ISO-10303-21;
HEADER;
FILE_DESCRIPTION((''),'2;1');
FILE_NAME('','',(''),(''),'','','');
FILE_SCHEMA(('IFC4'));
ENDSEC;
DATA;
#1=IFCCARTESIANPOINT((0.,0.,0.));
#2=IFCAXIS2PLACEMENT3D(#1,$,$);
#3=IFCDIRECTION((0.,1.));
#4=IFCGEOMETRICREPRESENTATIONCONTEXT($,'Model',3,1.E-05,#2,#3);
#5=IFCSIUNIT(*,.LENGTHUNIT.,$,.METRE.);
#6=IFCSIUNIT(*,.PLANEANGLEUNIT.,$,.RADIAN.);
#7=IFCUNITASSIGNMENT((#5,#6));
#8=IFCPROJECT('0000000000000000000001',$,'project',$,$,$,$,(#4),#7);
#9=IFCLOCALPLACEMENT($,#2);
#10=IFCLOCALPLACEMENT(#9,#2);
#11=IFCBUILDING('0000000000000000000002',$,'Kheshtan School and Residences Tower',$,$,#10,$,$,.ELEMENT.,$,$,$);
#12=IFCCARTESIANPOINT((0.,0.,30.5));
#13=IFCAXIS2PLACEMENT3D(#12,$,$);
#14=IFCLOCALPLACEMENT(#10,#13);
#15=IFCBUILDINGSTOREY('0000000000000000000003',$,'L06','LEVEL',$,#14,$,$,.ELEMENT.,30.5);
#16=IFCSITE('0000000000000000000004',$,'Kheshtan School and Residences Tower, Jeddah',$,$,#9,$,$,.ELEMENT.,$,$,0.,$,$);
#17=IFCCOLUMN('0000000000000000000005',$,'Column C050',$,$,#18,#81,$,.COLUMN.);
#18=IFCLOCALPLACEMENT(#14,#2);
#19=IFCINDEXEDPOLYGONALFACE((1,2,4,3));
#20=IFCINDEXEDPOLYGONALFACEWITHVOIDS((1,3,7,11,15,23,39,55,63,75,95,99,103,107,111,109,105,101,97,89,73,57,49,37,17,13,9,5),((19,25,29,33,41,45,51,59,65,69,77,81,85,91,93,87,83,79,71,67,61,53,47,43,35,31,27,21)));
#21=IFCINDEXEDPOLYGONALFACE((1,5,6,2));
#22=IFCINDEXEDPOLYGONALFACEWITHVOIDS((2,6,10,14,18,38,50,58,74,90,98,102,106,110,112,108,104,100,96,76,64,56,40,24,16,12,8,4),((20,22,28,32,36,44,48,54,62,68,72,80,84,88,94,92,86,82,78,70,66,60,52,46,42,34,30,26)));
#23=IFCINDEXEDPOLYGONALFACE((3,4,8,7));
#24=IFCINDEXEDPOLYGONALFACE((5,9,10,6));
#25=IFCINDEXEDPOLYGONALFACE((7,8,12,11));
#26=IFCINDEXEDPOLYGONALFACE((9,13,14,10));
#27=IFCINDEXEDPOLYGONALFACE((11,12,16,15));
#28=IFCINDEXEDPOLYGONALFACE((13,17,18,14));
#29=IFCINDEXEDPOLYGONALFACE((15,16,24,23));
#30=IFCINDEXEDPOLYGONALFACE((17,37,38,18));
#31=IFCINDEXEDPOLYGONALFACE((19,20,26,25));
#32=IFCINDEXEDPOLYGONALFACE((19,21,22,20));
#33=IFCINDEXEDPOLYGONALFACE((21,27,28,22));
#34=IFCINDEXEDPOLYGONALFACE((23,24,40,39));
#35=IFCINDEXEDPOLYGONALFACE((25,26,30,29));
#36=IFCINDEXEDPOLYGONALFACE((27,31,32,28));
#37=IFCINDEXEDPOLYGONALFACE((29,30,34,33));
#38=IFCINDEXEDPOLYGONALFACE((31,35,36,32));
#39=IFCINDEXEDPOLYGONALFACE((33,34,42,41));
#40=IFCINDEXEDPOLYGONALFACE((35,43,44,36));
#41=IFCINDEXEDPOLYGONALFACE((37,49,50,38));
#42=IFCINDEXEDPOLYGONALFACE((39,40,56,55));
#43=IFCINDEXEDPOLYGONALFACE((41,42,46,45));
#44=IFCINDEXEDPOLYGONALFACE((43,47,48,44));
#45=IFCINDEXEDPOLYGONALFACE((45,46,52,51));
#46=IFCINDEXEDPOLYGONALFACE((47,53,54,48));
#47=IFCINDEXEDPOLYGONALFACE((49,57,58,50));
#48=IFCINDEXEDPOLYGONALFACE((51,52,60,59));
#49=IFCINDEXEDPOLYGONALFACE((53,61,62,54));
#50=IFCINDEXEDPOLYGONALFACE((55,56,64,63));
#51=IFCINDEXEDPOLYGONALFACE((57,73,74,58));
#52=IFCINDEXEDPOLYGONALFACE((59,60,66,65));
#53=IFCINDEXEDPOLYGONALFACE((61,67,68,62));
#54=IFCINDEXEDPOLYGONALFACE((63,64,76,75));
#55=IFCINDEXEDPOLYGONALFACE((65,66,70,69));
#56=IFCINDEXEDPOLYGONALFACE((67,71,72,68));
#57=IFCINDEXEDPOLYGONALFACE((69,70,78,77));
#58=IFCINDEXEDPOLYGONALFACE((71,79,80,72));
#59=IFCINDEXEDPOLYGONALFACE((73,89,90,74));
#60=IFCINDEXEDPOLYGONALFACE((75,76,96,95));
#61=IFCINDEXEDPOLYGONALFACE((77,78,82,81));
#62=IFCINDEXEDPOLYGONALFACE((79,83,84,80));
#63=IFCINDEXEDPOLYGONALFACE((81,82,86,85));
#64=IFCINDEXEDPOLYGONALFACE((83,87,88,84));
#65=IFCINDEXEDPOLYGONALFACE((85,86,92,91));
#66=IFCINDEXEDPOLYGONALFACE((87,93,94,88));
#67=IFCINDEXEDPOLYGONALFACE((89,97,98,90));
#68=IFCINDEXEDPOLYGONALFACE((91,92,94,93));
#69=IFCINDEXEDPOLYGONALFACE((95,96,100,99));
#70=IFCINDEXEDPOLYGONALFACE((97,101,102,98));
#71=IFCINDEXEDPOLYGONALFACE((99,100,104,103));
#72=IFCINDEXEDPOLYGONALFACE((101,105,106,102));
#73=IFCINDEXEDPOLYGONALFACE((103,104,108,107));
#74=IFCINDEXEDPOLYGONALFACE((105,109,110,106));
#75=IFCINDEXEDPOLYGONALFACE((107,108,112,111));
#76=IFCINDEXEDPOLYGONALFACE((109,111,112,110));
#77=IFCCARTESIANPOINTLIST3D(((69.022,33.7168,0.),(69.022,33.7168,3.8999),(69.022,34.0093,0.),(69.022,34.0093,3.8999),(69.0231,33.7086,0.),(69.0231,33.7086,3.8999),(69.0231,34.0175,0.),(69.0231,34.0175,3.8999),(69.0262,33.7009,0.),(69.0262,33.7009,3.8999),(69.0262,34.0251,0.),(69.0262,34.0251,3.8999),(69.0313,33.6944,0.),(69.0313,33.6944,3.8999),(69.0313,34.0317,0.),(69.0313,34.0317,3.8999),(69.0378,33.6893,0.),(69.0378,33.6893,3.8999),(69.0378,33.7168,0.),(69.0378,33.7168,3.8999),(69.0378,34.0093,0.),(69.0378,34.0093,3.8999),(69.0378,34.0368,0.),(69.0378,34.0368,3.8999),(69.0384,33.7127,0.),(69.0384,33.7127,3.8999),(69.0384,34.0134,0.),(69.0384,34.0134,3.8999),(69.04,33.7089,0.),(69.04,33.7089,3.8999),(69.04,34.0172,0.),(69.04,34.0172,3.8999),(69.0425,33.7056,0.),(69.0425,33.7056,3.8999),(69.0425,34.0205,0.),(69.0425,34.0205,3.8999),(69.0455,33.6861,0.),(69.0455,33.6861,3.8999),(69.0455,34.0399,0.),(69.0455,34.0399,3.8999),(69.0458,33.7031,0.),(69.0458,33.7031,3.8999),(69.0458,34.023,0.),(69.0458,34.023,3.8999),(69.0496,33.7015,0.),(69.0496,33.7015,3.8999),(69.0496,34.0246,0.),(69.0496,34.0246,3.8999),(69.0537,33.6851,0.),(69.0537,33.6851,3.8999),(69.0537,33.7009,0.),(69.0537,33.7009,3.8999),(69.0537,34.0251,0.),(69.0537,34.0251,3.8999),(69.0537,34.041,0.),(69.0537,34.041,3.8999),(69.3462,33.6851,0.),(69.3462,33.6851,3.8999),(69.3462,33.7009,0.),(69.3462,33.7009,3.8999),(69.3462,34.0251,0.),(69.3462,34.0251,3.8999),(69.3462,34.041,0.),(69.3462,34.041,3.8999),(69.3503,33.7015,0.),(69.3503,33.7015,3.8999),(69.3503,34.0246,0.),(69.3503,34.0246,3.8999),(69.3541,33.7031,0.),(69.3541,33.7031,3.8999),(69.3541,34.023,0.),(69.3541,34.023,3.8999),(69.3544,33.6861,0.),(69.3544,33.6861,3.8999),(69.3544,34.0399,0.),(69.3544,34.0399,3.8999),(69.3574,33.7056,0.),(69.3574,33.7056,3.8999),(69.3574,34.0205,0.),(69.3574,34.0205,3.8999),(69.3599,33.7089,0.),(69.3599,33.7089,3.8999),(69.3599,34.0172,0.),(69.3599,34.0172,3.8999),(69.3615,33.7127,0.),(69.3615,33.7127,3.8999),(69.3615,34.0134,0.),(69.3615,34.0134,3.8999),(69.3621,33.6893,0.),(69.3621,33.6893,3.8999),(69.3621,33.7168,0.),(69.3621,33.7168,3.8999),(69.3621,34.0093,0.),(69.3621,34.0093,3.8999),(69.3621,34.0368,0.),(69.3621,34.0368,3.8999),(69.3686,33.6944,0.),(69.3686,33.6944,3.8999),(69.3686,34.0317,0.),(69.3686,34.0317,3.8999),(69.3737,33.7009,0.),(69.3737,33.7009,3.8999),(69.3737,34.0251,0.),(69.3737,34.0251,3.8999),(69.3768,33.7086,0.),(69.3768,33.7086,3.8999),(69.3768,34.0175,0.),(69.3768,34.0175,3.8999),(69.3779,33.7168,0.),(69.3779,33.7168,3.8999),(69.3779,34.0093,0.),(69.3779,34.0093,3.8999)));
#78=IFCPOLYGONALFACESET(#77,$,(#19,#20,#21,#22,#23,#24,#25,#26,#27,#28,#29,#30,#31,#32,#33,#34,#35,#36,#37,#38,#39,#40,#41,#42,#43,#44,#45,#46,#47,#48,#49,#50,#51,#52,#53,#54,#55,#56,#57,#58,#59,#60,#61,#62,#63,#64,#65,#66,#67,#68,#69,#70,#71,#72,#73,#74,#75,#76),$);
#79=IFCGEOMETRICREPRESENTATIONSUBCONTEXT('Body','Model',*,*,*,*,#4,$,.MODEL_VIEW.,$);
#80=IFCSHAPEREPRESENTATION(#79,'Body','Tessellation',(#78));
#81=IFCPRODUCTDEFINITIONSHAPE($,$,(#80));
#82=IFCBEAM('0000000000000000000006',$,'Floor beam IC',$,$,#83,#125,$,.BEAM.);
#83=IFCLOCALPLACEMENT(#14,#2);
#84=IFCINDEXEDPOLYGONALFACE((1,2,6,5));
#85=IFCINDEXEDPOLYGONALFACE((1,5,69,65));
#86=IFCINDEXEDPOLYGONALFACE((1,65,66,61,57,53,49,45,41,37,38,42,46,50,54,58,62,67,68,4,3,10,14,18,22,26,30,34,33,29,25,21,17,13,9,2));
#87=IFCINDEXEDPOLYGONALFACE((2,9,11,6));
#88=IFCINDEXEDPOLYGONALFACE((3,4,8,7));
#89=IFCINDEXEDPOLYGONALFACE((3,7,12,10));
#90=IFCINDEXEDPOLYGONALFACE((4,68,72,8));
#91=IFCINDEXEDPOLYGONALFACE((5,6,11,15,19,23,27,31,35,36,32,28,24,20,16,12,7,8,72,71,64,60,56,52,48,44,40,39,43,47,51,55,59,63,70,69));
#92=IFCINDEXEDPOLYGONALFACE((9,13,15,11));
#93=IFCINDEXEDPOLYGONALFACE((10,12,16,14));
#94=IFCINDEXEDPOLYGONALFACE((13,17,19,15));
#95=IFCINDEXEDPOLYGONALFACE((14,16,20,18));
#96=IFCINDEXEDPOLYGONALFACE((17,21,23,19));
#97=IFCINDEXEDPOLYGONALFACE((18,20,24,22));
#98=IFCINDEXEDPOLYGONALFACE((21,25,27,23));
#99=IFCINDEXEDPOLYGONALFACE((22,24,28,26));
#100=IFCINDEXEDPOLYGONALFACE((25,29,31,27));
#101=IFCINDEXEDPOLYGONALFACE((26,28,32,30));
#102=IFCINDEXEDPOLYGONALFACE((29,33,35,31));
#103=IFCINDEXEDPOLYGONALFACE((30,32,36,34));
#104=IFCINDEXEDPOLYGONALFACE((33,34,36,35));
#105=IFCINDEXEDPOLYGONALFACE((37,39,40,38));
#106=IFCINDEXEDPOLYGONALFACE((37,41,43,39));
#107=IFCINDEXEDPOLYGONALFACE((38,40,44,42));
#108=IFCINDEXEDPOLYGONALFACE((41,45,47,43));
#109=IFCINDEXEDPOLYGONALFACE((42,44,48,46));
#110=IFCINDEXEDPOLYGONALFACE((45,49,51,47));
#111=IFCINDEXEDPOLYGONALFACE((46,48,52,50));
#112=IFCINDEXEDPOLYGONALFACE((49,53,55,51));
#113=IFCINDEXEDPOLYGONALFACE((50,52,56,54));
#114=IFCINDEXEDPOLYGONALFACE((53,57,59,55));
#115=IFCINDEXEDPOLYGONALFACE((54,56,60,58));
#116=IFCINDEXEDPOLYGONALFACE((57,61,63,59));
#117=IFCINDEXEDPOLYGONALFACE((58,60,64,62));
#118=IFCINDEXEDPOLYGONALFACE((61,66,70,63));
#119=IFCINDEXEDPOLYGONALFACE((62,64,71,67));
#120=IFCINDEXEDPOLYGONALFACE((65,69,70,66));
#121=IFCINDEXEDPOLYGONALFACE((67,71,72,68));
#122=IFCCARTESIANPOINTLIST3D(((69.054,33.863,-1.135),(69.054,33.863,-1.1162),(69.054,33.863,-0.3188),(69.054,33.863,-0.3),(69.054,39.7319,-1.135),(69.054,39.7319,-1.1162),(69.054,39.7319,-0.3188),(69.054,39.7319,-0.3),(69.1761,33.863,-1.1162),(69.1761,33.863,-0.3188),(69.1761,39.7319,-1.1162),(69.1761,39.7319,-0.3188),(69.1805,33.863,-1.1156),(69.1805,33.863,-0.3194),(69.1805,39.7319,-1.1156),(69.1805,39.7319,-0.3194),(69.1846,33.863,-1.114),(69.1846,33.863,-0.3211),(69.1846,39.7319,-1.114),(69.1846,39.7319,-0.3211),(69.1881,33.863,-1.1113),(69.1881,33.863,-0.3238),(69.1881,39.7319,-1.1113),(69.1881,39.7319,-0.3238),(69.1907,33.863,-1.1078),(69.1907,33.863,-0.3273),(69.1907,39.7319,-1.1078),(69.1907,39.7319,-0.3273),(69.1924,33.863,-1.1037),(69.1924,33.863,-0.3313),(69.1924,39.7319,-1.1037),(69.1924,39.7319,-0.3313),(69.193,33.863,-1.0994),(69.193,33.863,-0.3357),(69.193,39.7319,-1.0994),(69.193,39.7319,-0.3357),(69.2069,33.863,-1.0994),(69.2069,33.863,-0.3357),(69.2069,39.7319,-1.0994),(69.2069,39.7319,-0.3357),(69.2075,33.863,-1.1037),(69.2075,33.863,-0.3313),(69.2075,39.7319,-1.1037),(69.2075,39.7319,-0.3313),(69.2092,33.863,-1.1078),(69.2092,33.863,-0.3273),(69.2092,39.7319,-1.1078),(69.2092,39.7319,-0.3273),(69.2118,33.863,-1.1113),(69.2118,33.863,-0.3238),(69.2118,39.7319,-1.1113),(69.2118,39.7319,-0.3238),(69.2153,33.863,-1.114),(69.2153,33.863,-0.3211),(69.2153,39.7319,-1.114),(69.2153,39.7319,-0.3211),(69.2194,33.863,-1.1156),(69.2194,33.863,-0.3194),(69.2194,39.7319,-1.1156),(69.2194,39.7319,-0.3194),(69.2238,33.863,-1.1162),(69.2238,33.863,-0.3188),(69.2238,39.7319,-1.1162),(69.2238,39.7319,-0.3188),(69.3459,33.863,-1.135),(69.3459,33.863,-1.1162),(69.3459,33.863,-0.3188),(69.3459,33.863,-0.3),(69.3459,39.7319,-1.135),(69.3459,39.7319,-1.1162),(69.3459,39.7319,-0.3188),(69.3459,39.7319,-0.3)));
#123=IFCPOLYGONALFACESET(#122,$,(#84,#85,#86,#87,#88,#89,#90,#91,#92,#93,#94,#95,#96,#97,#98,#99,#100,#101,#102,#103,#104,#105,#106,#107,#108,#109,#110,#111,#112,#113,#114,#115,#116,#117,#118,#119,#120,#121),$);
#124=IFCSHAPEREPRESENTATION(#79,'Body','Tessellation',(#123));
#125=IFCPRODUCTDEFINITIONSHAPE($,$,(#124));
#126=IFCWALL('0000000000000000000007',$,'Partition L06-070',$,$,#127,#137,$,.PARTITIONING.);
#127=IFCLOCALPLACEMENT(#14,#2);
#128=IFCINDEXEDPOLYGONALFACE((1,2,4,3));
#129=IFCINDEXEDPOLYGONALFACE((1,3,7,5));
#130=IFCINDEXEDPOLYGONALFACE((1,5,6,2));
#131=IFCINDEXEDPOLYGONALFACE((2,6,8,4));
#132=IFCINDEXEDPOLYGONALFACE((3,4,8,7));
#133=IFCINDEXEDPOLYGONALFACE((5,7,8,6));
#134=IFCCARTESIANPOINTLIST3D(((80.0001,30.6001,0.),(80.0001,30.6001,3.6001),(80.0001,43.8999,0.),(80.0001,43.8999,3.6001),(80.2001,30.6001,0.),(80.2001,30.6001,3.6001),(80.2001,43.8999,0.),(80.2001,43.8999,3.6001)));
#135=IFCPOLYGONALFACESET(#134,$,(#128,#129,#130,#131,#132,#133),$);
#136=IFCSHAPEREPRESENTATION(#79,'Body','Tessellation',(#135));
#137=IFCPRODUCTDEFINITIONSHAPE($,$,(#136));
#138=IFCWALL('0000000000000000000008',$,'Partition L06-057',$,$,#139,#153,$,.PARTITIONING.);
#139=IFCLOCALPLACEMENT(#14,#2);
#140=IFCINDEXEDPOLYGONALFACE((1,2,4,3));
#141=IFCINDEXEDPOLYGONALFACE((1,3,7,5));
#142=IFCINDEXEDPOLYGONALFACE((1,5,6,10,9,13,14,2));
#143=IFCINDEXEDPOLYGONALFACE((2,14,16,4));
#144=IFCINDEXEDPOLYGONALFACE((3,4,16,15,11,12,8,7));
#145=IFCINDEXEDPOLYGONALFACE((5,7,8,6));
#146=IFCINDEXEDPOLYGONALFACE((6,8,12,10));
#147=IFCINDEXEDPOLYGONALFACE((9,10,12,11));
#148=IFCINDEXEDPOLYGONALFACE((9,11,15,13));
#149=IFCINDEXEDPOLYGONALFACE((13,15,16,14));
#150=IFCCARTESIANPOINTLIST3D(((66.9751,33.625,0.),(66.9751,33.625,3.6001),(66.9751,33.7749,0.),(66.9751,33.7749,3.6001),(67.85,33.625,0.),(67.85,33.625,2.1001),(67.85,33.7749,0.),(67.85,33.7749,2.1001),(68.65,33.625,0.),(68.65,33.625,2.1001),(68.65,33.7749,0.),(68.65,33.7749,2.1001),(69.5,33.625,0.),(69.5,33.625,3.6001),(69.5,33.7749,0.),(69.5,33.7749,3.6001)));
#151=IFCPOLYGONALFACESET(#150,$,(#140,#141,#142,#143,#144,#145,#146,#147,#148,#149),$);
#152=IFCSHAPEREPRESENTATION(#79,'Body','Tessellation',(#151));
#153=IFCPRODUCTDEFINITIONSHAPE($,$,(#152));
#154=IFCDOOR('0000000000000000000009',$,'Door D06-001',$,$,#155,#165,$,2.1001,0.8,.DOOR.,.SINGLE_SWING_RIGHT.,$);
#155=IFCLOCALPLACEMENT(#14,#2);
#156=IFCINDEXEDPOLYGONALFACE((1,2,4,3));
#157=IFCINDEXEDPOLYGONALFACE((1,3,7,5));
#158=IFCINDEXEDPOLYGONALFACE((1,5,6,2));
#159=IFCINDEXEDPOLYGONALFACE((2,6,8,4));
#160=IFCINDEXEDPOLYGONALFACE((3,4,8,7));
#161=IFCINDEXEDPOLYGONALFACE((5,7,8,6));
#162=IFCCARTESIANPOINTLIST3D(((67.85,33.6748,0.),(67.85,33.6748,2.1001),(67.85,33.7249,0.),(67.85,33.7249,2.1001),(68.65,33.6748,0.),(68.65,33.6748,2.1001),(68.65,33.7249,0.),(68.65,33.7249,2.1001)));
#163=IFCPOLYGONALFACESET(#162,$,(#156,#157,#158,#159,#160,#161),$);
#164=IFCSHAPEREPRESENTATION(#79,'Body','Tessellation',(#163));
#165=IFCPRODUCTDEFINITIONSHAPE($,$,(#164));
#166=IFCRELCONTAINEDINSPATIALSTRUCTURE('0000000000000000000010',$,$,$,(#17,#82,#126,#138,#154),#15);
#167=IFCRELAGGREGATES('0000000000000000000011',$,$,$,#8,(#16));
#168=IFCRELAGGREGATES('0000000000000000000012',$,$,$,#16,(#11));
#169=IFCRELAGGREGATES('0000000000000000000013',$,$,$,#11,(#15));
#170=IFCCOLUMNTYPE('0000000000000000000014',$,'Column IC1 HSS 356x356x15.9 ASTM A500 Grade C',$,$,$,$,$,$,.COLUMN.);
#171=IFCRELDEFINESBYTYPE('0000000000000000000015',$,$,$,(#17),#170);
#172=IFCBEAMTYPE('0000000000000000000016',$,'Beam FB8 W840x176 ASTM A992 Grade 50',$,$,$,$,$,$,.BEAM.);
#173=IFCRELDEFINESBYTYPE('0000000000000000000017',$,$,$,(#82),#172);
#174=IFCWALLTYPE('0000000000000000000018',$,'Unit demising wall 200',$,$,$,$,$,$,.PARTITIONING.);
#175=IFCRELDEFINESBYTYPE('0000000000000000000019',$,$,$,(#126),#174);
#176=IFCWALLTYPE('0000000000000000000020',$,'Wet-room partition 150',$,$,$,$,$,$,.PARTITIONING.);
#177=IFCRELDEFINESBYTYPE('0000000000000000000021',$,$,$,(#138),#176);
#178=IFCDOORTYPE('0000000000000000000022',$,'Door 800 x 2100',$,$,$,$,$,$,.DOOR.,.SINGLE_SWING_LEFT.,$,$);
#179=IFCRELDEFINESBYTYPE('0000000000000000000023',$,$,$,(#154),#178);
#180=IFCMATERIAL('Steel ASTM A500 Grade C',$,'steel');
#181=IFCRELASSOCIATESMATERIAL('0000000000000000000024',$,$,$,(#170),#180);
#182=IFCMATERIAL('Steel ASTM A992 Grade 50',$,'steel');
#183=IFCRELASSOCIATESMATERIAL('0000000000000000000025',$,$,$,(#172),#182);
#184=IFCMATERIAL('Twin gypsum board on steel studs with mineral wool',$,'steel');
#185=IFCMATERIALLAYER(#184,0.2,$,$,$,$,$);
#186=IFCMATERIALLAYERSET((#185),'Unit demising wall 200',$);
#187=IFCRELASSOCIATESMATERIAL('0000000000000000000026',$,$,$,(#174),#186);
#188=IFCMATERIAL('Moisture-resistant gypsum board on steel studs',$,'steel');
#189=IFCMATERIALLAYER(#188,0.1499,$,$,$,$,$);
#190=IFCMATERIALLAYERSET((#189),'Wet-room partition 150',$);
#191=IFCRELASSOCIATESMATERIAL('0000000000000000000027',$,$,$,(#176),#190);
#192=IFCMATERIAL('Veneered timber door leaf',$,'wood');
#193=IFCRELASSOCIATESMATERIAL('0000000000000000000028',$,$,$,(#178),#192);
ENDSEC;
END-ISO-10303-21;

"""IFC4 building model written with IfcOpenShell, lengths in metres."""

from ifc_helpers import new_model, si_unit, direction, frame, frame_2d, origin, origin_2d, place, context, subcontext, project, spatial, rectangle, hollow_rectangle, i_section, extrude, source, transform, mapped, material, layer, layer_set, material_profile, profile_set, type_object, element, fill, save


model = new_model("IFC4")

# Units and contexts
model_context = context("Model", 3, precision=1e-05, world=origin(), true_north=direction((0.0, 1.0)))
body_context = subcontext(model_context, "Body", "Model", "MODEL_VIEW")
ifc_project = project(units=[si_unit("LENGTHUNIT", "METRE"), si_unit("PLANEANGLEUNIT", "RADIAN")], contexts=[model_context])

# Site, building, storey
site_placement = place(None, origin())
site = spatial("IfcSite", under=ifc_project, at=site_placement, Name="Kheshtan School and Residences Tower, Jeddah", CompositionType="ELEMENT", RefElevation=0.0)
building_placement = place(site_placement, origin())
building = spatial("IfcBuilding", under=site, at=building_placement, Name="Kheshtan School and Residences Tower", CompositionType="ELEMENT")
storey_placement = place(building_placement, frame((0.0, 0.0, 30.5)))
storey = spatial("IfcBuildingStorey", under=building, at=storey_placement, Name="L06", Description="LEVEL", CompositionType="ELEMENT", Elevation=30.5)

# Column
ifc_material_1 = material(Name="Steel ASTM A500 Grade C", Category="steel")
ifc_material_profile_1 = material_profile(ifc_material_1, hollow_rectangle(XDim=0.356, YDim=0.356, WallThickness=0.0159, InnerFilletRadius=0.0159, OuterFilletRadius=0.0317, at=origin_2d()), Name="HSS 356x356x15.9")
ifc_profile_set_1 = profile_set([ifc_material_profile_1], Name="Steel ASTM A500 Grade C")
column_type = type_object("IfcColumnType", Name="Column IC1 HSS 356x356x15.9 ASTM A500 Grade C", PredefinedType="COLUMN", material=ifc_profile_set_1)
column_placement = place(storey_placement, frame((69.2, 33.863, 0.0), z_axis=(0.0, 0.0, 1.0), x_axis=(1.0, 0.0, 0.0)))
element("IfcColumn", 1, at=column_placement, inside=storey, type_object=column_type, Name="Column C050", PredefinedType="COLUMN", context=body_context, shape_type="SweptSolid", body=[
    extrude(hollow_rectangle(XDim=0.356, YDim=0.356, WallThickness=0.0159, InnerFilletRadius=0.0159, OuterFilletRadius=0.0317, at=origin_2d()), origin(), (0.0, 0.0, 1.0), 3.8999),
])

# Beam
ifc_material_2 = material(Name="Steel ASTM A992 Grade 50", Category="steel")
ifc_material_profile_2 = material_profile(ifc_material_2, i_section(OverallWidth=0.292, OverallDepth=0.835, WebThickness=0.0139, FlangeThickness=0.0188, FilletRadius=0.0168, at=origin_2d()), Name="W840x176")
ifc_profile_set_2 = profile_set([ifc_material_profile_2], Name="Steel ASTM A992 Grade 50")
beam_type = type_object("IfcBeamType", Name="Beam FB8 W840x176 ASTM A992 Grade 50", PredefinedType="BEAM", material=ifc_profile_set_2)
beam_placement = place(storey_placement, frame((69.2, 33.863, -0.7175), z_axis=(0.0, 1.0, 0.0), x_axis=(-1.0, 0.0, 0.0)))
element("IfcBeam", 2, at=beam_placement, inside=storey, type_object=beam_type, Name="Floor beam IC", PredefinedType="BEAM", context=body_context, shape_type="SweptSolid", body=[
    extrude(i_section(OverallWidth=0.292, OverallDepth=0.835, WebThickness=0.0139, FlangeThickness=0.0188, FilletRadius=0.0168, at=origin_2d()), origin(), (0.0, 0.0, 1.0), 5.8689),
])

# Wall
ifc_material_3 = material(Name="Twin gypsum board on steel studs with mineral wool", Category="steel")
ifc_layer_1 = layer(ifc_material_3, 0.2)
ifc_layer_set_1 = layer_set([ifc_layer_1], Name="Unit demising wall 200")
wall_type_1 = type_object("IfcWallType", Name="Unit demising wall 200", PredefinedType="PARTITIONING", material=ifc_layer_set_1)
wall_1_placement = place(storey_placement, frame((80.1001, 30.6001, 0.0), z_axis=(0.0, 0.0, 1.0), x_axis=(0.0, 1.0, 0.0)))
element("IfcWall", 3, at=wall_1_placement, inside=storey, type_object=wall_type_1, Name="Partition L06-070", PredefinedType="PARTITIONING", context=body_context, shape_type="SweptSolid", body=[
    extrude(rectangle(XDim=13.2998, YDim=0.2, at=frame_2d((6.6499, 0.0))), origin(), (0.0, 0.0, 1.0), 3.6001),
])

# Wall, opening, door
ifc_material_4 = material(Name="Moisture-resistant gypsum board on steel studs", Category="steel")
ifc_layer_2 = layer(ifc_material_4, 0.1499)
ifc_layer_set_2 = layer_set([ifc_layer_2], Name="Wet-room partition 150")
wall_type_2 = type_object("IfcWallType", Name="Wet-room partition 150", PredefinedType="PARTITIONING", material=ifc_layer_set_2)
wall_2_placement = place(storey_placement, frame((66.9751, 33.7, 0.0), z_axis=(0.0, 0.0, 1.0), x_axis=(1.0, 0.0, 0.0)))
wall_2 = element("IfcWall", 4, at=wall_2_placement, inside=storey, type_object=wall_type_2, Name="Partition L06-057", PredefinedType="PARTITIONING", context=body_context, shape_type="SweptSolid", body=[
    extrude(rectangle(XDim=2.5249, YDim=0.1499, at=frame_2d((1.2625, 0.0))), origin(), (0.0, 0.0, 1.0), 3.6001),
])
opening_1_placement = place(wall_2_placement, frame((0.875, 0.0, 0.0)))
opening_1 = element("IfcOpeningElement", 5, at=opening_1_placement, cuts=wall_2, PredefinedType="OPENING", context=body_context, shape_type="SweptSolid", body=[
    extrude(rectangle(XDim=0.8, YDim=2.1001, at=frame_2d((0.3999, 1.05))), frame((0.0, 0.085, 0.0), z_axis=(0.0, -1.0, 0.0), x_axis=(1.0, 0.0, 0.0)), (0.0, 0.0, 1.0), 0.1699),
])
ifc_material_5 = material(Name="Veneered timber door leaf", Category="wood")
door_type_1 = type_object("IfcDoorType", Name="Door 800 x 2100", OperationType="SINGLE_SWING_LEFT", PredefinedType="DOOR", material=ifc_material_5)
shared_shape_1 = source(origin(), body_context, "Body", "SweptSolid", [
    extrude(rectangle(XDim=0.8, YDim=2.1001, at=frame_2d((0.3999, 1.05))), frame((0.0, 0.0249, 0.0), z_axis=(0.0, -1.0, 0.0), x_axis=(1.0, 0.0, 0.0)), (0.0, 0.0, 1.0), 0.05),
])
door_1_placement = place(opening_1_placement, origin())
door_1 = element("IfcDoor", 6, at=door_1_placement, inside=storey, type_object=door_type_1, Name="Door D06-001", OperationType="SINGLE_SWING_RIGHT", OverallHeight=2.1001, OverallWidth=0.8, PredefinedType="DOOR", context=body_context, shape_type="MappedRepresentation", body=[
    mapped(shared_shape_1, transform((0.0, 0.0, 0.0), x_axis=(1.0, 0.0, 0.0), y_axis=(0.0, 1.0, 0.0), z_axis=(0.0, 0.0, 1.0), scale=1.0)),
])
fill(opening_1, door_1)

save(model, "model.ifc")
